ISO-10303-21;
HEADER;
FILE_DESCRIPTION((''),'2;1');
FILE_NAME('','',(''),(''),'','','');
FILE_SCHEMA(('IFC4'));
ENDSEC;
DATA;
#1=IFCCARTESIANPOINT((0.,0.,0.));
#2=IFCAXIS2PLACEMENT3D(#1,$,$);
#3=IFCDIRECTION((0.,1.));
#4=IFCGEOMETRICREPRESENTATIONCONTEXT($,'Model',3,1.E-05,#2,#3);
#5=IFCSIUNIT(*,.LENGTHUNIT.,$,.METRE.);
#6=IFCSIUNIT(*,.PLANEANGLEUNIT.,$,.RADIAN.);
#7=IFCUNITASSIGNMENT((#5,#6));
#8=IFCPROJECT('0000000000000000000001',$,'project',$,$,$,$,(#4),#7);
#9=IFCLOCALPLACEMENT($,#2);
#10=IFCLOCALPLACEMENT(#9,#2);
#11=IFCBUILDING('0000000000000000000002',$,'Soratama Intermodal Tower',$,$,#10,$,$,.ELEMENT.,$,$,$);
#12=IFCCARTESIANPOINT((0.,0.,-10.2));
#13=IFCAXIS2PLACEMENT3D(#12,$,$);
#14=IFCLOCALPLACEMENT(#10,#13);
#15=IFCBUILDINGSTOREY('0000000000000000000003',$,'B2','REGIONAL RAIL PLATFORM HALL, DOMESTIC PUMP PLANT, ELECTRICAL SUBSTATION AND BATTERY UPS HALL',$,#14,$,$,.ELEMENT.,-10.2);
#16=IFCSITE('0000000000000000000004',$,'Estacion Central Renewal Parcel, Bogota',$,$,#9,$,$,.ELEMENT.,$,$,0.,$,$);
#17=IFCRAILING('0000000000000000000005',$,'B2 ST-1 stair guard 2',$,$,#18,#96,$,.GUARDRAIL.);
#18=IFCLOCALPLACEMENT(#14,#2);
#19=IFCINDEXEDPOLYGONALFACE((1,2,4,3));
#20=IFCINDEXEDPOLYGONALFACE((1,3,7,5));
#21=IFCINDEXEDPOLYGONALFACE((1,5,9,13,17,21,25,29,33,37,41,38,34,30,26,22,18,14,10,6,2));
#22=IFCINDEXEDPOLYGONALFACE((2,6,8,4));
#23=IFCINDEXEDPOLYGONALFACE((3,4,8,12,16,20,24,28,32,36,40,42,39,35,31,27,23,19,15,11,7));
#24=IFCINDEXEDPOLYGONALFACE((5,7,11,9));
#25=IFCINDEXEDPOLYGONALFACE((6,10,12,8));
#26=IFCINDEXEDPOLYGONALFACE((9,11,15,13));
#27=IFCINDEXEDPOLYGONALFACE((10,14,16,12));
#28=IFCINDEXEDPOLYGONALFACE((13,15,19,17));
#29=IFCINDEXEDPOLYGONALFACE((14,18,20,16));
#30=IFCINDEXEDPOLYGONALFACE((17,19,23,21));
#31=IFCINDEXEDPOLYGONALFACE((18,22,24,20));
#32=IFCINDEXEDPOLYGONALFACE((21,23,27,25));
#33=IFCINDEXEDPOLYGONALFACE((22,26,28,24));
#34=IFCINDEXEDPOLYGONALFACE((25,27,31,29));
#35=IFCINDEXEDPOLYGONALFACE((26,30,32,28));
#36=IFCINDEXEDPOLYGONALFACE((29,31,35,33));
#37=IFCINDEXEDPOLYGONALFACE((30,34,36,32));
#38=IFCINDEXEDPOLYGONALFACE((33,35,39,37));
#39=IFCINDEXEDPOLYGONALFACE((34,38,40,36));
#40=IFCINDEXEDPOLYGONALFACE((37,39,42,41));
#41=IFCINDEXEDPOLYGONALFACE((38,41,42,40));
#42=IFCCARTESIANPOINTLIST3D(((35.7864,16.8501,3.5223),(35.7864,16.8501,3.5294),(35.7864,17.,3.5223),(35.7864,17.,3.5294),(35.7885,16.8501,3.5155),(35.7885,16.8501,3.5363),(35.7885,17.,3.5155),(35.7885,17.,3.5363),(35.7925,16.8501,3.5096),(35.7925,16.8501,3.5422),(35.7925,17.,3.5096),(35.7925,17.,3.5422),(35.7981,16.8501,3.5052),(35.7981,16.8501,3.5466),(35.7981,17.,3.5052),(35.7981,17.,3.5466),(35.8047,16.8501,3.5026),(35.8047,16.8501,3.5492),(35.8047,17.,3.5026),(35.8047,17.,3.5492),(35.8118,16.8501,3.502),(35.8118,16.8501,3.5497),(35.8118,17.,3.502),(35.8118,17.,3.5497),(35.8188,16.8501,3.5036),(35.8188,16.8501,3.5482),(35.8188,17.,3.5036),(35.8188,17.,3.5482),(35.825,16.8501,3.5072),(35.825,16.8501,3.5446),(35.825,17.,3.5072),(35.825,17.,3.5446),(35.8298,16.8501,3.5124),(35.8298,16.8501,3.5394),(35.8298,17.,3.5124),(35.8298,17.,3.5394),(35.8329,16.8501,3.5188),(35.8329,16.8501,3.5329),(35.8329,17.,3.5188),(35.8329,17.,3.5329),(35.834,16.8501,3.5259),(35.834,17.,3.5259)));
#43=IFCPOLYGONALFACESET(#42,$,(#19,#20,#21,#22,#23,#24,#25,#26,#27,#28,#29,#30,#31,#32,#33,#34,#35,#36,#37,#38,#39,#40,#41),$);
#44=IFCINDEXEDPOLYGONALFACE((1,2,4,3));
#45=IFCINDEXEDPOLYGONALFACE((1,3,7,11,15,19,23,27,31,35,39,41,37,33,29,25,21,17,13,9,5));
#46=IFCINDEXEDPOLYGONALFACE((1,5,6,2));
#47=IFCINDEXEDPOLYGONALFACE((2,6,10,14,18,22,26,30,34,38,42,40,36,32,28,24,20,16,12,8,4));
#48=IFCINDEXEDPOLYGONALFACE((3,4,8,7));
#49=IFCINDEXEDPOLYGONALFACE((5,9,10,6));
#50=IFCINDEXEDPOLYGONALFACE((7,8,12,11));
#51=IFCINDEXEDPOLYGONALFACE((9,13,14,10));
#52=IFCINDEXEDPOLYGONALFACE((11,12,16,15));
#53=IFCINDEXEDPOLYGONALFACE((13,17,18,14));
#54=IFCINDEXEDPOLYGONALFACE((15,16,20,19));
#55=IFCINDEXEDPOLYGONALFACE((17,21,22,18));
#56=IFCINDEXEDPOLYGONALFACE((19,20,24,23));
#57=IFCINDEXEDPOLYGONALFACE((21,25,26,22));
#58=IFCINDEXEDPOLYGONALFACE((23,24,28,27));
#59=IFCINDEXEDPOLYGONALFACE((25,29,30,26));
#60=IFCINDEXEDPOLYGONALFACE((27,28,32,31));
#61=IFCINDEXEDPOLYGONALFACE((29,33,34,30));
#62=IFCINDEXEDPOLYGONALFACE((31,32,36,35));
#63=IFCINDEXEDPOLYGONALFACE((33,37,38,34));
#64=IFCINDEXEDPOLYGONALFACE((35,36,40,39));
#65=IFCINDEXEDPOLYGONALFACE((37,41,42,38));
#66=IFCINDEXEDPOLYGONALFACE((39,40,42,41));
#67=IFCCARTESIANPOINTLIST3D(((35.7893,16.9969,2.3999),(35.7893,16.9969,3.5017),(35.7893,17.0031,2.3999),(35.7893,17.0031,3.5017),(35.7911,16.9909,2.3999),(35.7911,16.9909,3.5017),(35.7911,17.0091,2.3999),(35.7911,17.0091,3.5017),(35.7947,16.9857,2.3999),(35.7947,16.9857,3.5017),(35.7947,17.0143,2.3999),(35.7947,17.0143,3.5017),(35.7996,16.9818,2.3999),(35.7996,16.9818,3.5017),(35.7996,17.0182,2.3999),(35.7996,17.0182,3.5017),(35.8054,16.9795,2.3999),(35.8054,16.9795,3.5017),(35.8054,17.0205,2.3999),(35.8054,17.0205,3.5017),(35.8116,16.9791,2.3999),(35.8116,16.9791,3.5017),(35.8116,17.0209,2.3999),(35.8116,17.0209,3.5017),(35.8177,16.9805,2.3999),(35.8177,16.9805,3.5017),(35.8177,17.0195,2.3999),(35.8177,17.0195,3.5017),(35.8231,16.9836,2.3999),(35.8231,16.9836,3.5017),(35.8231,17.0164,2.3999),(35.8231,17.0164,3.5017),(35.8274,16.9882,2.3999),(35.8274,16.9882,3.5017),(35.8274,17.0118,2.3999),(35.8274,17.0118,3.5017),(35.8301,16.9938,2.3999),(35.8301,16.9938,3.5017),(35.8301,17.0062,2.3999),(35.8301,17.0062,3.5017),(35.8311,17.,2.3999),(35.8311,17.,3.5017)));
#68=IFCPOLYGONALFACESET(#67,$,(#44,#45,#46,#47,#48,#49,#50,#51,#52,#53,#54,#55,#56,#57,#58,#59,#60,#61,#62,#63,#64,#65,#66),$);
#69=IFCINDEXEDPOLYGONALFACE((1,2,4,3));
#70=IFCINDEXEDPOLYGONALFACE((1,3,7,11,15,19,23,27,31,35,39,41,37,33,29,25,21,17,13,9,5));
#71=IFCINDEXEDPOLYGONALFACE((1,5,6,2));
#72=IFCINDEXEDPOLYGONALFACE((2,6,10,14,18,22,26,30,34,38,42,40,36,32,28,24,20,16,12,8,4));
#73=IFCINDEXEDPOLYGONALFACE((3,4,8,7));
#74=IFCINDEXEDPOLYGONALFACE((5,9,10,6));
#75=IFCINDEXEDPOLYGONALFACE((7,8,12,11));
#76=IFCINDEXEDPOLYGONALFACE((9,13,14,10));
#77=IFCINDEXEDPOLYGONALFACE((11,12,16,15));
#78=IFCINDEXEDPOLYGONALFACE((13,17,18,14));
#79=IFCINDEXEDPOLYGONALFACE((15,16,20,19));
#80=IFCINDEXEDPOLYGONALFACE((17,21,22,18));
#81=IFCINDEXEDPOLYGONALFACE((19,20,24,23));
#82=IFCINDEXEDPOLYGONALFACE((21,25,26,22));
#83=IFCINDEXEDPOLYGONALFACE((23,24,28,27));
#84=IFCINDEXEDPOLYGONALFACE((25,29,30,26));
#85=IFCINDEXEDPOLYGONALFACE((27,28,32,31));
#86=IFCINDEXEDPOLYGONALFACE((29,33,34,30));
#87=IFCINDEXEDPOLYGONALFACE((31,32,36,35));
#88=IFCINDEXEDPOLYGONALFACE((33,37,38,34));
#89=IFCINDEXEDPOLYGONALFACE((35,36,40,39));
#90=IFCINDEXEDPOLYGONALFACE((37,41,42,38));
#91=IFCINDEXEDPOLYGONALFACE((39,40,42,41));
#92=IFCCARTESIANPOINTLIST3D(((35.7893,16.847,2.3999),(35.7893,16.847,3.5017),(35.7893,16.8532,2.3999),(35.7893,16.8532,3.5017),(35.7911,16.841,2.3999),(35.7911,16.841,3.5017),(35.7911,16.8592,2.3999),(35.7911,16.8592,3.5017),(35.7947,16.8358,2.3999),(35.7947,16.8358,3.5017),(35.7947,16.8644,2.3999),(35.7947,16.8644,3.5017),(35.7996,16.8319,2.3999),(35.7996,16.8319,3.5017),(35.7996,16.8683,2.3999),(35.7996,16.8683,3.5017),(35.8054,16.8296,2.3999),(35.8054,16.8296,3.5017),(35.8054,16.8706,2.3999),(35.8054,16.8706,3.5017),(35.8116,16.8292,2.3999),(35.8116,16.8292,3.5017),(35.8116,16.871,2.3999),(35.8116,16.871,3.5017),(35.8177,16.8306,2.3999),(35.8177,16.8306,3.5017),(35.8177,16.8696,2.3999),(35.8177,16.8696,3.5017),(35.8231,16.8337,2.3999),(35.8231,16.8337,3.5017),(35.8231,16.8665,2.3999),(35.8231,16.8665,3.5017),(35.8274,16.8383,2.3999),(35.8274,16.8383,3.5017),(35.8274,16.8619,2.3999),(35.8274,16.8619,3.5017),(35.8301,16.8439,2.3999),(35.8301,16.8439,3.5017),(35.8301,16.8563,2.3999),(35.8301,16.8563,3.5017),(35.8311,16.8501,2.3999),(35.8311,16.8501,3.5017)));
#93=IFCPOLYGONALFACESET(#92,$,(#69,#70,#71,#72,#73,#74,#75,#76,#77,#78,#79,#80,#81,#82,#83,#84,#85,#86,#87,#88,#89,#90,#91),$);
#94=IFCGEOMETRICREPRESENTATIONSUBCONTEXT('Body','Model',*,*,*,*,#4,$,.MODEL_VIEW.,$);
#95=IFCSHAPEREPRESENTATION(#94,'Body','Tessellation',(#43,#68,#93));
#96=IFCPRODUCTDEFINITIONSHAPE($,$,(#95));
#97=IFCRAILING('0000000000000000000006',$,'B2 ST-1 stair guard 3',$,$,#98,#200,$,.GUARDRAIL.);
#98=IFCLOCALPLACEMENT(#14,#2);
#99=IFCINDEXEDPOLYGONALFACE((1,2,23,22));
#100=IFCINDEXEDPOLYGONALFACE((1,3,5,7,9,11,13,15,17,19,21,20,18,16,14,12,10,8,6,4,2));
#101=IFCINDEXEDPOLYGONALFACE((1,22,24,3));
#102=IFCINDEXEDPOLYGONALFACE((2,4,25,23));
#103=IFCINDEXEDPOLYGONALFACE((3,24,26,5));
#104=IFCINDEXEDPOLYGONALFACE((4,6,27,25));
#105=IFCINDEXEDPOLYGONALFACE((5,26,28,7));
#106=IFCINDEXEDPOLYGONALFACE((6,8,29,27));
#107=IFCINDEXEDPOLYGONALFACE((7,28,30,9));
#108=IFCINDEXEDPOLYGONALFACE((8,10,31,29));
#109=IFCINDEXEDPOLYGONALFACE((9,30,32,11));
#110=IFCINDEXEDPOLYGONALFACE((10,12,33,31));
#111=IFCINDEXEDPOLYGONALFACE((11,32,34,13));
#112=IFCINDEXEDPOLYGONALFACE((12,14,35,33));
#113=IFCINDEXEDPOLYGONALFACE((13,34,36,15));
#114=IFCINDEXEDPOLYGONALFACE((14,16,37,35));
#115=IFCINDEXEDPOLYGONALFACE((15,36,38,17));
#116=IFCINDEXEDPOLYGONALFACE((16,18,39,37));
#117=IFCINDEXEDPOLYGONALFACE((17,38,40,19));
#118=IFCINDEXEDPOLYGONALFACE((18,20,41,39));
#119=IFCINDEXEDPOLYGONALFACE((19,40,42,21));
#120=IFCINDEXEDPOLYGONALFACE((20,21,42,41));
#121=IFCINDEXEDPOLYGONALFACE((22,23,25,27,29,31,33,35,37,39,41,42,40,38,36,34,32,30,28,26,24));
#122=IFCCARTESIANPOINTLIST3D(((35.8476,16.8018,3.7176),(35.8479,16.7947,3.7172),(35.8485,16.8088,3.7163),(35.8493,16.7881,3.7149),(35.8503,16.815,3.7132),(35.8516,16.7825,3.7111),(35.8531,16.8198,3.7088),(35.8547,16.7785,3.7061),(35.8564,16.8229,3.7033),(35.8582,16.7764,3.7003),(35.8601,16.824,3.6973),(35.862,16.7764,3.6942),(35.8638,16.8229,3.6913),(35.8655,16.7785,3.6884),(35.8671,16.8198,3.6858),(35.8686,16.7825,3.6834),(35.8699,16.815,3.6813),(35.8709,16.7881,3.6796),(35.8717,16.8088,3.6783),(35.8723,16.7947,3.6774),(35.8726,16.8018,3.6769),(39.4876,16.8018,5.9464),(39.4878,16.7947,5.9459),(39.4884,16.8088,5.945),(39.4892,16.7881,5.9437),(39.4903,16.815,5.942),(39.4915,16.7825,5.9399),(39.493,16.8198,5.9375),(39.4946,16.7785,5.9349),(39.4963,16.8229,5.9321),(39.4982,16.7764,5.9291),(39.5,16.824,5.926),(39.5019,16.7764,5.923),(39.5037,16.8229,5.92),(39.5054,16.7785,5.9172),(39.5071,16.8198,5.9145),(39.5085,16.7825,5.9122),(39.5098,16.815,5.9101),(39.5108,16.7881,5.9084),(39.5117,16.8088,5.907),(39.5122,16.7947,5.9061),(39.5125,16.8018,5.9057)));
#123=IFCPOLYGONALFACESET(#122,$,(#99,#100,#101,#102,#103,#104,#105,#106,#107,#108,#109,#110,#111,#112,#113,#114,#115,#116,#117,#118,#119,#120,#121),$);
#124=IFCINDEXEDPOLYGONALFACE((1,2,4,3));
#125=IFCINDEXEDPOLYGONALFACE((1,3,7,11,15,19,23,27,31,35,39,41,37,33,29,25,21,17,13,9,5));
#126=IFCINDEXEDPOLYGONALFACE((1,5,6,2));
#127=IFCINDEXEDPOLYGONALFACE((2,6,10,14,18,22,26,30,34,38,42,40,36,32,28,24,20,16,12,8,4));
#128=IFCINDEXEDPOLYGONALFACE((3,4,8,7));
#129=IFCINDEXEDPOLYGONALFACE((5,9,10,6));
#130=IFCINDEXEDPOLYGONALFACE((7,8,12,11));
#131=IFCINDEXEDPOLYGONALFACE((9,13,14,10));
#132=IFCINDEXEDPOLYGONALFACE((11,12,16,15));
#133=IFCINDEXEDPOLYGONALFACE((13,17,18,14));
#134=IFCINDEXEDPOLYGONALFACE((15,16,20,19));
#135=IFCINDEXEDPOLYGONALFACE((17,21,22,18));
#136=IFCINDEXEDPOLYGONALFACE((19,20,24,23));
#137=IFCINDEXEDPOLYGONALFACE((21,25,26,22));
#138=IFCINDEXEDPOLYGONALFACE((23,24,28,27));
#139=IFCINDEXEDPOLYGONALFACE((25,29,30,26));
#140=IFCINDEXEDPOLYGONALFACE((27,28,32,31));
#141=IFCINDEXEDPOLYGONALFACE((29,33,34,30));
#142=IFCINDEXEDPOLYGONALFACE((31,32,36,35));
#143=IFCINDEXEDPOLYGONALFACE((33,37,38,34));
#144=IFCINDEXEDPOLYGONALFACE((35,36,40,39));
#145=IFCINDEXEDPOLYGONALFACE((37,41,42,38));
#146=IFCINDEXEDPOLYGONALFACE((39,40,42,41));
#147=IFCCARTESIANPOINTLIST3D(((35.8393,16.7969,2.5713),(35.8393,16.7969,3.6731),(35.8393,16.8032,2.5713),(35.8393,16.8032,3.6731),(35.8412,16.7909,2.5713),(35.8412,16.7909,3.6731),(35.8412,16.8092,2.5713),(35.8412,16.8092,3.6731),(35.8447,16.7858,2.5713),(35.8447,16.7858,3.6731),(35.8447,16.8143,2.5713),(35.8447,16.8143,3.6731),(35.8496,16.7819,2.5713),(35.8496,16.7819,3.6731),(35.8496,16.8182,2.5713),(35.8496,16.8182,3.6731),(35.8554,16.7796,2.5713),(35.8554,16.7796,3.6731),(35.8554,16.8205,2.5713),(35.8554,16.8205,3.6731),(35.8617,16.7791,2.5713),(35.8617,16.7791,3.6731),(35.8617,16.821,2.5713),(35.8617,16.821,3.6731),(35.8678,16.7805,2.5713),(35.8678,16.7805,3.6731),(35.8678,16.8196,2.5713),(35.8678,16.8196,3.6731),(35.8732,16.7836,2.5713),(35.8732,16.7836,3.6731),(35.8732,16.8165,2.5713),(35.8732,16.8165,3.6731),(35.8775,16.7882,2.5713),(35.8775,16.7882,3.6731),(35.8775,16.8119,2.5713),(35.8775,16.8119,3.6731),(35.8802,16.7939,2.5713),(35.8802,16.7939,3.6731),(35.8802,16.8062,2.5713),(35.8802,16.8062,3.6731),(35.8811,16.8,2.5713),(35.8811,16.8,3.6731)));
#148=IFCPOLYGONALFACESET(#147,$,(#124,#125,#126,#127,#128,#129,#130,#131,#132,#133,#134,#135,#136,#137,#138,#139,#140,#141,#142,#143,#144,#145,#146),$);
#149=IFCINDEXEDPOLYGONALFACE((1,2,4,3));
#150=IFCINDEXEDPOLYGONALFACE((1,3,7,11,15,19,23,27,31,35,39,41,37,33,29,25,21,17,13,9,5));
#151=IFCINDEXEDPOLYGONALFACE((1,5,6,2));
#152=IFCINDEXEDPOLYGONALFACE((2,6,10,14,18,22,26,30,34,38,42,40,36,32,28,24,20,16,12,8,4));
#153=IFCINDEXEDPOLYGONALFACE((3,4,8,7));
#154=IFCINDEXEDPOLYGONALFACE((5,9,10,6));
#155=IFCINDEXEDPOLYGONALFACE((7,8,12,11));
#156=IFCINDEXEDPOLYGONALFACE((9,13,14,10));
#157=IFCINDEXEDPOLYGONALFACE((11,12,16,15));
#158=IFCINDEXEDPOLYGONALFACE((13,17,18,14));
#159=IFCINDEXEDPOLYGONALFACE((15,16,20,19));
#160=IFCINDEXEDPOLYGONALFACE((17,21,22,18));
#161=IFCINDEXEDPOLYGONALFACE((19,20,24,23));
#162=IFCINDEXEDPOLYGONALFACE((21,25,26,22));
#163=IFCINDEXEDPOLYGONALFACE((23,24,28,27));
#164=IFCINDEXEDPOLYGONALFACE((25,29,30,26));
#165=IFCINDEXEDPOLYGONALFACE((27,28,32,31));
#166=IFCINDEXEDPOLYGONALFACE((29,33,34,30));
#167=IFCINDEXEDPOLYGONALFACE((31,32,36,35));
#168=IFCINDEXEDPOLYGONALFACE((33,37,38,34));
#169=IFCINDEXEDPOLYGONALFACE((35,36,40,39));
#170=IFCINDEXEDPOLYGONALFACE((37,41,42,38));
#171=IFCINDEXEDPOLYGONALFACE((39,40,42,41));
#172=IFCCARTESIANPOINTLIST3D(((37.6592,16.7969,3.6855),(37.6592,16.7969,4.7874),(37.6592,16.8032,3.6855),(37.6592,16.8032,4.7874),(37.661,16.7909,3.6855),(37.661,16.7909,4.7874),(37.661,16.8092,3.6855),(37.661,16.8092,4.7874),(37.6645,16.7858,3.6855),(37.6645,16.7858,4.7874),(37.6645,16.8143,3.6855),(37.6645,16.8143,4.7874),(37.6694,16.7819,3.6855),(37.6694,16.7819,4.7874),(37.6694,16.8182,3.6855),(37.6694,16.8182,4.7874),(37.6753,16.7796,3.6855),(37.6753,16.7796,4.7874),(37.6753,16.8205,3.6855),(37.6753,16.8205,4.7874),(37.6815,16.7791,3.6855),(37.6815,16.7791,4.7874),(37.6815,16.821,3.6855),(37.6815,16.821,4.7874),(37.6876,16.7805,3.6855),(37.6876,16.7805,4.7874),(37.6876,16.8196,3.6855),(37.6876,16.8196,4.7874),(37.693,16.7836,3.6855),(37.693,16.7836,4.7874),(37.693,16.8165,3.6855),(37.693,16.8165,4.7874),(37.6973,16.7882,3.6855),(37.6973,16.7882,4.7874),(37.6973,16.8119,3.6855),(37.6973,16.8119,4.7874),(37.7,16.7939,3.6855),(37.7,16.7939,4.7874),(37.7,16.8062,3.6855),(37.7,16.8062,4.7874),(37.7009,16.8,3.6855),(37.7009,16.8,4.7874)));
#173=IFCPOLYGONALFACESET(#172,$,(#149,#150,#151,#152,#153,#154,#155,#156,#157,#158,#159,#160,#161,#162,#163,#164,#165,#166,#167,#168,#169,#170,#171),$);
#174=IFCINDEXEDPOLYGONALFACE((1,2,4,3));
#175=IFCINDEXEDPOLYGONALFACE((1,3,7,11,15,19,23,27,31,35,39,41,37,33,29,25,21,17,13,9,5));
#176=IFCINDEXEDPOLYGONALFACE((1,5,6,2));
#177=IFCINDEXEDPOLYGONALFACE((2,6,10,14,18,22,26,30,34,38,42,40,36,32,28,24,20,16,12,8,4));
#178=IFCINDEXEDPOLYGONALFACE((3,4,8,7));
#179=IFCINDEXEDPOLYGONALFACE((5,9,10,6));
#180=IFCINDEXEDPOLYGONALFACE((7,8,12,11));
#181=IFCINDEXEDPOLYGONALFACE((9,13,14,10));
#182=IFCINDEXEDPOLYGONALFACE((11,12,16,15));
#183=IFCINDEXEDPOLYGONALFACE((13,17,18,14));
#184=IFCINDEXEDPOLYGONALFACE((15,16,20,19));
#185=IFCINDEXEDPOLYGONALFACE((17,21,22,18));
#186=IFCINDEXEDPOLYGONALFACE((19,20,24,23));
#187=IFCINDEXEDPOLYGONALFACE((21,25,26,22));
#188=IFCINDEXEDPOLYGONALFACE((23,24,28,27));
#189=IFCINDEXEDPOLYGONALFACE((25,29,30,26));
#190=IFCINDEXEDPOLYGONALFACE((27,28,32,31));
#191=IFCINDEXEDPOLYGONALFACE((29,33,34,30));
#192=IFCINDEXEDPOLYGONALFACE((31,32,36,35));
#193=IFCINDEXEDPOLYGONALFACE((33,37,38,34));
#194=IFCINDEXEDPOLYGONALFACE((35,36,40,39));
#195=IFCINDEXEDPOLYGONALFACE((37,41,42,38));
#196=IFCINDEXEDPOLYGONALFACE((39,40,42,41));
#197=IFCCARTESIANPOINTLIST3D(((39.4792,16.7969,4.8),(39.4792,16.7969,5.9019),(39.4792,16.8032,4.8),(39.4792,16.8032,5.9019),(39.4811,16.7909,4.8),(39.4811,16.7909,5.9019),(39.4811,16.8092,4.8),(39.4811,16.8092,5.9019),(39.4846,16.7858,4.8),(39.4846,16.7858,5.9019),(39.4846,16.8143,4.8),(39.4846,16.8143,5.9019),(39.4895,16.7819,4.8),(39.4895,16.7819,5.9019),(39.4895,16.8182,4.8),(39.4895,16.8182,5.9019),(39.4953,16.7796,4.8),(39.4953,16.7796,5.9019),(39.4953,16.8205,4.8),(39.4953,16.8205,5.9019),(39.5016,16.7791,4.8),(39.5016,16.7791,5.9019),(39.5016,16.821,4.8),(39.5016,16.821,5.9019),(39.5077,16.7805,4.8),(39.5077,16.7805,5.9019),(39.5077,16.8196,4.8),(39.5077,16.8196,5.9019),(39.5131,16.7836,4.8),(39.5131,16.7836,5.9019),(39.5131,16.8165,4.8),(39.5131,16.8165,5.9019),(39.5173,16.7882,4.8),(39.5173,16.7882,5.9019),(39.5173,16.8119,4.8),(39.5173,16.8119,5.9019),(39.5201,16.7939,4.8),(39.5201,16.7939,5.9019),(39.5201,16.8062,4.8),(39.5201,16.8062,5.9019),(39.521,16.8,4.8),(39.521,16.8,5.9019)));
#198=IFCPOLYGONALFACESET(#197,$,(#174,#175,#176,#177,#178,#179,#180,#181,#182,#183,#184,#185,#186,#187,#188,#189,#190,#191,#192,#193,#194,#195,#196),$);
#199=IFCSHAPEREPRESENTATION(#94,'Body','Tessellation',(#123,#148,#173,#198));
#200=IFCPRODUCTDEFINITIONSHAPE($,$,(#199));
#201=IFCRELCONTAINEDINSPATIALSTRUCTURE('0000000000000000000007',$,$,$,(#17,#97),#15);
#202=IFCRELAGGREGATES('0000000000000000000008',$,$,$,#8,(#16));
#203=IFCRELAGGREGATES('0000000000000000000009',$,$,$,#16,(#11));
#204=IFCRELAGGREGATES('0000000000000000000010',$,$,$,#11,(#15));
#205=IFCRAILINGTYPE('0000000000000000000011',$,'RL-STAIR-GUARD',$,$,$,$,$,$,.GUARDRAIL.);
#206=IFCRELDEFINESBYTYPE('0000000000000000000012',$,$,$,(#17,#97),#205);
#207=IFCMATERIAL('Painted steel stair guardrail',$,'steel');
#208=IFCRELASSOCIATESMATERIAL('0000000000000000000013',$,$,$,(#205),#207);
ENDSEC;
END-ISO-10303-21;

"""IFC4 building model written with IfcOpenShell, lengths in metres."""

from ifc_helpers import new_model, si_unit, direction, frame, origin, origin_2d, place, context, subcontext, project, spatial, circle, extrude, material, type_object, element, save


model = new_model("IFC4")

# Units and contexts
model_context = context("Model", 3, precision=1e-05, world=origin(), true_north=direction((0.0, 1.0)))
body_context = subcontext(model_context, "Body", "Model", "MODEL_VIEW")
ifc_project = project(units=[si_unit("LENGTHUNIT", "METRE"), si_unit("PLANEANGLEUNIT", "RADIAN")], contexts=[model_context])

# Site, building, storey
site_placement = place(None, origin())
site = spatial("IfcSite", under=ifc_project, at=site_placement, Name="Estacion Central Renewal Parcel, Bogota", CompositionType="ELEMENT", RefElevation=0.0)
building_placement = place(site_placement, origin())
building = spatial("IfcBuilding", under=site, at=building_placement, Name="Soratama Intermodal Tower", CompositionType="ELEMENT")
storey_placement = place(building_placement, frame((0.0, 0.0, -10.2)))
storey = spatial("IfcBuildingStorey", under=building, at=storey_placement, Name="B2", Description="REGIONAL RAIL PLATFORM HALL, DOMESTIC PUMP PLANT, ELECTRICAL SUBSTATION AND BATTERY UPS HALL", CompositionType="ELEMENT", Elevation=-10.2)

# Railings
ifc_material_1 = material(Name="Painted steel stair guardrail", Category="steel")
railing_type_1 = type_object("IfcRailingType", Name="RL-STAIR-GUARD", PredefinedType="GUARDRAIL", material=ifc_material_1)
railing_1_placement = place(storey_placement, frame((35.8101, 17.0, 2.3999)))
element("IfcRailing", 1, at=railing_1_placement, inside=storey, type_object=railing_type_1, Name="B2 ST-1 stair guard 2", PredefinedType="GUARDRAIL", context=body_context, shape_type="SweptSolid", body=[
    extrude(circle(Radius=0.0239, at=origin_2d()), frame((0.0, 0.0, 1.126), z_axis=(0.0, -1.0, 0.0), x_axis=(1.0, 0.0, 0.0)), (0.0, 0.0, 1.0), 0.1499),
    extrude(circle(Radius=0.021, at=origin_2d()), origin(), (0.0, 0.0, 1.0), 1.1018),
    extrude(circle(Radius=0.021, at=origin_2d()), frame((0.0, -0.1499, 0.0)), (0.0, 0.0, 1.0), 1.1018),
])
railing_2_placement = place(storey_placement, frame((35.8601, 16.8, 2.5713)))
element("IfcRailing", 2, at=railing_2_placement, inside=storey, type_object=railing_type_1, Name="B2 ST-1 stair guard 3", PredefinedType="GUARDRAIL", context=body_context, shape_type="SweptSolid", body=[
    extrude(circle(Radius=0.0239, at=origin_2d()), frame((0.0, 0.0, 1.126), z_axis=(0.852825, 0.0, 0.522197), x_axis=(0.0, 1.0, 0.0)), (0.0, 0.0, 1.0), 4.2681),
    extrude(circle(Radius=0.021, at=origin_2d()), origin(), (0.0, 0.0, 1.0), 1.1018),
    extrude(circle(Radius=0.021, at=origin_2d()), frame((1.8198, 0.0, 1.1143)), (0.0, 0.0, 1.0), 1.1018),
    extrude(circle(Radius=0.021, at=origin_2d()), frame((3.6399, 0.0, 2.2288)), (0.0, 0.0, 1.0), 1.1018),
])

save(model, "model.ifc")
